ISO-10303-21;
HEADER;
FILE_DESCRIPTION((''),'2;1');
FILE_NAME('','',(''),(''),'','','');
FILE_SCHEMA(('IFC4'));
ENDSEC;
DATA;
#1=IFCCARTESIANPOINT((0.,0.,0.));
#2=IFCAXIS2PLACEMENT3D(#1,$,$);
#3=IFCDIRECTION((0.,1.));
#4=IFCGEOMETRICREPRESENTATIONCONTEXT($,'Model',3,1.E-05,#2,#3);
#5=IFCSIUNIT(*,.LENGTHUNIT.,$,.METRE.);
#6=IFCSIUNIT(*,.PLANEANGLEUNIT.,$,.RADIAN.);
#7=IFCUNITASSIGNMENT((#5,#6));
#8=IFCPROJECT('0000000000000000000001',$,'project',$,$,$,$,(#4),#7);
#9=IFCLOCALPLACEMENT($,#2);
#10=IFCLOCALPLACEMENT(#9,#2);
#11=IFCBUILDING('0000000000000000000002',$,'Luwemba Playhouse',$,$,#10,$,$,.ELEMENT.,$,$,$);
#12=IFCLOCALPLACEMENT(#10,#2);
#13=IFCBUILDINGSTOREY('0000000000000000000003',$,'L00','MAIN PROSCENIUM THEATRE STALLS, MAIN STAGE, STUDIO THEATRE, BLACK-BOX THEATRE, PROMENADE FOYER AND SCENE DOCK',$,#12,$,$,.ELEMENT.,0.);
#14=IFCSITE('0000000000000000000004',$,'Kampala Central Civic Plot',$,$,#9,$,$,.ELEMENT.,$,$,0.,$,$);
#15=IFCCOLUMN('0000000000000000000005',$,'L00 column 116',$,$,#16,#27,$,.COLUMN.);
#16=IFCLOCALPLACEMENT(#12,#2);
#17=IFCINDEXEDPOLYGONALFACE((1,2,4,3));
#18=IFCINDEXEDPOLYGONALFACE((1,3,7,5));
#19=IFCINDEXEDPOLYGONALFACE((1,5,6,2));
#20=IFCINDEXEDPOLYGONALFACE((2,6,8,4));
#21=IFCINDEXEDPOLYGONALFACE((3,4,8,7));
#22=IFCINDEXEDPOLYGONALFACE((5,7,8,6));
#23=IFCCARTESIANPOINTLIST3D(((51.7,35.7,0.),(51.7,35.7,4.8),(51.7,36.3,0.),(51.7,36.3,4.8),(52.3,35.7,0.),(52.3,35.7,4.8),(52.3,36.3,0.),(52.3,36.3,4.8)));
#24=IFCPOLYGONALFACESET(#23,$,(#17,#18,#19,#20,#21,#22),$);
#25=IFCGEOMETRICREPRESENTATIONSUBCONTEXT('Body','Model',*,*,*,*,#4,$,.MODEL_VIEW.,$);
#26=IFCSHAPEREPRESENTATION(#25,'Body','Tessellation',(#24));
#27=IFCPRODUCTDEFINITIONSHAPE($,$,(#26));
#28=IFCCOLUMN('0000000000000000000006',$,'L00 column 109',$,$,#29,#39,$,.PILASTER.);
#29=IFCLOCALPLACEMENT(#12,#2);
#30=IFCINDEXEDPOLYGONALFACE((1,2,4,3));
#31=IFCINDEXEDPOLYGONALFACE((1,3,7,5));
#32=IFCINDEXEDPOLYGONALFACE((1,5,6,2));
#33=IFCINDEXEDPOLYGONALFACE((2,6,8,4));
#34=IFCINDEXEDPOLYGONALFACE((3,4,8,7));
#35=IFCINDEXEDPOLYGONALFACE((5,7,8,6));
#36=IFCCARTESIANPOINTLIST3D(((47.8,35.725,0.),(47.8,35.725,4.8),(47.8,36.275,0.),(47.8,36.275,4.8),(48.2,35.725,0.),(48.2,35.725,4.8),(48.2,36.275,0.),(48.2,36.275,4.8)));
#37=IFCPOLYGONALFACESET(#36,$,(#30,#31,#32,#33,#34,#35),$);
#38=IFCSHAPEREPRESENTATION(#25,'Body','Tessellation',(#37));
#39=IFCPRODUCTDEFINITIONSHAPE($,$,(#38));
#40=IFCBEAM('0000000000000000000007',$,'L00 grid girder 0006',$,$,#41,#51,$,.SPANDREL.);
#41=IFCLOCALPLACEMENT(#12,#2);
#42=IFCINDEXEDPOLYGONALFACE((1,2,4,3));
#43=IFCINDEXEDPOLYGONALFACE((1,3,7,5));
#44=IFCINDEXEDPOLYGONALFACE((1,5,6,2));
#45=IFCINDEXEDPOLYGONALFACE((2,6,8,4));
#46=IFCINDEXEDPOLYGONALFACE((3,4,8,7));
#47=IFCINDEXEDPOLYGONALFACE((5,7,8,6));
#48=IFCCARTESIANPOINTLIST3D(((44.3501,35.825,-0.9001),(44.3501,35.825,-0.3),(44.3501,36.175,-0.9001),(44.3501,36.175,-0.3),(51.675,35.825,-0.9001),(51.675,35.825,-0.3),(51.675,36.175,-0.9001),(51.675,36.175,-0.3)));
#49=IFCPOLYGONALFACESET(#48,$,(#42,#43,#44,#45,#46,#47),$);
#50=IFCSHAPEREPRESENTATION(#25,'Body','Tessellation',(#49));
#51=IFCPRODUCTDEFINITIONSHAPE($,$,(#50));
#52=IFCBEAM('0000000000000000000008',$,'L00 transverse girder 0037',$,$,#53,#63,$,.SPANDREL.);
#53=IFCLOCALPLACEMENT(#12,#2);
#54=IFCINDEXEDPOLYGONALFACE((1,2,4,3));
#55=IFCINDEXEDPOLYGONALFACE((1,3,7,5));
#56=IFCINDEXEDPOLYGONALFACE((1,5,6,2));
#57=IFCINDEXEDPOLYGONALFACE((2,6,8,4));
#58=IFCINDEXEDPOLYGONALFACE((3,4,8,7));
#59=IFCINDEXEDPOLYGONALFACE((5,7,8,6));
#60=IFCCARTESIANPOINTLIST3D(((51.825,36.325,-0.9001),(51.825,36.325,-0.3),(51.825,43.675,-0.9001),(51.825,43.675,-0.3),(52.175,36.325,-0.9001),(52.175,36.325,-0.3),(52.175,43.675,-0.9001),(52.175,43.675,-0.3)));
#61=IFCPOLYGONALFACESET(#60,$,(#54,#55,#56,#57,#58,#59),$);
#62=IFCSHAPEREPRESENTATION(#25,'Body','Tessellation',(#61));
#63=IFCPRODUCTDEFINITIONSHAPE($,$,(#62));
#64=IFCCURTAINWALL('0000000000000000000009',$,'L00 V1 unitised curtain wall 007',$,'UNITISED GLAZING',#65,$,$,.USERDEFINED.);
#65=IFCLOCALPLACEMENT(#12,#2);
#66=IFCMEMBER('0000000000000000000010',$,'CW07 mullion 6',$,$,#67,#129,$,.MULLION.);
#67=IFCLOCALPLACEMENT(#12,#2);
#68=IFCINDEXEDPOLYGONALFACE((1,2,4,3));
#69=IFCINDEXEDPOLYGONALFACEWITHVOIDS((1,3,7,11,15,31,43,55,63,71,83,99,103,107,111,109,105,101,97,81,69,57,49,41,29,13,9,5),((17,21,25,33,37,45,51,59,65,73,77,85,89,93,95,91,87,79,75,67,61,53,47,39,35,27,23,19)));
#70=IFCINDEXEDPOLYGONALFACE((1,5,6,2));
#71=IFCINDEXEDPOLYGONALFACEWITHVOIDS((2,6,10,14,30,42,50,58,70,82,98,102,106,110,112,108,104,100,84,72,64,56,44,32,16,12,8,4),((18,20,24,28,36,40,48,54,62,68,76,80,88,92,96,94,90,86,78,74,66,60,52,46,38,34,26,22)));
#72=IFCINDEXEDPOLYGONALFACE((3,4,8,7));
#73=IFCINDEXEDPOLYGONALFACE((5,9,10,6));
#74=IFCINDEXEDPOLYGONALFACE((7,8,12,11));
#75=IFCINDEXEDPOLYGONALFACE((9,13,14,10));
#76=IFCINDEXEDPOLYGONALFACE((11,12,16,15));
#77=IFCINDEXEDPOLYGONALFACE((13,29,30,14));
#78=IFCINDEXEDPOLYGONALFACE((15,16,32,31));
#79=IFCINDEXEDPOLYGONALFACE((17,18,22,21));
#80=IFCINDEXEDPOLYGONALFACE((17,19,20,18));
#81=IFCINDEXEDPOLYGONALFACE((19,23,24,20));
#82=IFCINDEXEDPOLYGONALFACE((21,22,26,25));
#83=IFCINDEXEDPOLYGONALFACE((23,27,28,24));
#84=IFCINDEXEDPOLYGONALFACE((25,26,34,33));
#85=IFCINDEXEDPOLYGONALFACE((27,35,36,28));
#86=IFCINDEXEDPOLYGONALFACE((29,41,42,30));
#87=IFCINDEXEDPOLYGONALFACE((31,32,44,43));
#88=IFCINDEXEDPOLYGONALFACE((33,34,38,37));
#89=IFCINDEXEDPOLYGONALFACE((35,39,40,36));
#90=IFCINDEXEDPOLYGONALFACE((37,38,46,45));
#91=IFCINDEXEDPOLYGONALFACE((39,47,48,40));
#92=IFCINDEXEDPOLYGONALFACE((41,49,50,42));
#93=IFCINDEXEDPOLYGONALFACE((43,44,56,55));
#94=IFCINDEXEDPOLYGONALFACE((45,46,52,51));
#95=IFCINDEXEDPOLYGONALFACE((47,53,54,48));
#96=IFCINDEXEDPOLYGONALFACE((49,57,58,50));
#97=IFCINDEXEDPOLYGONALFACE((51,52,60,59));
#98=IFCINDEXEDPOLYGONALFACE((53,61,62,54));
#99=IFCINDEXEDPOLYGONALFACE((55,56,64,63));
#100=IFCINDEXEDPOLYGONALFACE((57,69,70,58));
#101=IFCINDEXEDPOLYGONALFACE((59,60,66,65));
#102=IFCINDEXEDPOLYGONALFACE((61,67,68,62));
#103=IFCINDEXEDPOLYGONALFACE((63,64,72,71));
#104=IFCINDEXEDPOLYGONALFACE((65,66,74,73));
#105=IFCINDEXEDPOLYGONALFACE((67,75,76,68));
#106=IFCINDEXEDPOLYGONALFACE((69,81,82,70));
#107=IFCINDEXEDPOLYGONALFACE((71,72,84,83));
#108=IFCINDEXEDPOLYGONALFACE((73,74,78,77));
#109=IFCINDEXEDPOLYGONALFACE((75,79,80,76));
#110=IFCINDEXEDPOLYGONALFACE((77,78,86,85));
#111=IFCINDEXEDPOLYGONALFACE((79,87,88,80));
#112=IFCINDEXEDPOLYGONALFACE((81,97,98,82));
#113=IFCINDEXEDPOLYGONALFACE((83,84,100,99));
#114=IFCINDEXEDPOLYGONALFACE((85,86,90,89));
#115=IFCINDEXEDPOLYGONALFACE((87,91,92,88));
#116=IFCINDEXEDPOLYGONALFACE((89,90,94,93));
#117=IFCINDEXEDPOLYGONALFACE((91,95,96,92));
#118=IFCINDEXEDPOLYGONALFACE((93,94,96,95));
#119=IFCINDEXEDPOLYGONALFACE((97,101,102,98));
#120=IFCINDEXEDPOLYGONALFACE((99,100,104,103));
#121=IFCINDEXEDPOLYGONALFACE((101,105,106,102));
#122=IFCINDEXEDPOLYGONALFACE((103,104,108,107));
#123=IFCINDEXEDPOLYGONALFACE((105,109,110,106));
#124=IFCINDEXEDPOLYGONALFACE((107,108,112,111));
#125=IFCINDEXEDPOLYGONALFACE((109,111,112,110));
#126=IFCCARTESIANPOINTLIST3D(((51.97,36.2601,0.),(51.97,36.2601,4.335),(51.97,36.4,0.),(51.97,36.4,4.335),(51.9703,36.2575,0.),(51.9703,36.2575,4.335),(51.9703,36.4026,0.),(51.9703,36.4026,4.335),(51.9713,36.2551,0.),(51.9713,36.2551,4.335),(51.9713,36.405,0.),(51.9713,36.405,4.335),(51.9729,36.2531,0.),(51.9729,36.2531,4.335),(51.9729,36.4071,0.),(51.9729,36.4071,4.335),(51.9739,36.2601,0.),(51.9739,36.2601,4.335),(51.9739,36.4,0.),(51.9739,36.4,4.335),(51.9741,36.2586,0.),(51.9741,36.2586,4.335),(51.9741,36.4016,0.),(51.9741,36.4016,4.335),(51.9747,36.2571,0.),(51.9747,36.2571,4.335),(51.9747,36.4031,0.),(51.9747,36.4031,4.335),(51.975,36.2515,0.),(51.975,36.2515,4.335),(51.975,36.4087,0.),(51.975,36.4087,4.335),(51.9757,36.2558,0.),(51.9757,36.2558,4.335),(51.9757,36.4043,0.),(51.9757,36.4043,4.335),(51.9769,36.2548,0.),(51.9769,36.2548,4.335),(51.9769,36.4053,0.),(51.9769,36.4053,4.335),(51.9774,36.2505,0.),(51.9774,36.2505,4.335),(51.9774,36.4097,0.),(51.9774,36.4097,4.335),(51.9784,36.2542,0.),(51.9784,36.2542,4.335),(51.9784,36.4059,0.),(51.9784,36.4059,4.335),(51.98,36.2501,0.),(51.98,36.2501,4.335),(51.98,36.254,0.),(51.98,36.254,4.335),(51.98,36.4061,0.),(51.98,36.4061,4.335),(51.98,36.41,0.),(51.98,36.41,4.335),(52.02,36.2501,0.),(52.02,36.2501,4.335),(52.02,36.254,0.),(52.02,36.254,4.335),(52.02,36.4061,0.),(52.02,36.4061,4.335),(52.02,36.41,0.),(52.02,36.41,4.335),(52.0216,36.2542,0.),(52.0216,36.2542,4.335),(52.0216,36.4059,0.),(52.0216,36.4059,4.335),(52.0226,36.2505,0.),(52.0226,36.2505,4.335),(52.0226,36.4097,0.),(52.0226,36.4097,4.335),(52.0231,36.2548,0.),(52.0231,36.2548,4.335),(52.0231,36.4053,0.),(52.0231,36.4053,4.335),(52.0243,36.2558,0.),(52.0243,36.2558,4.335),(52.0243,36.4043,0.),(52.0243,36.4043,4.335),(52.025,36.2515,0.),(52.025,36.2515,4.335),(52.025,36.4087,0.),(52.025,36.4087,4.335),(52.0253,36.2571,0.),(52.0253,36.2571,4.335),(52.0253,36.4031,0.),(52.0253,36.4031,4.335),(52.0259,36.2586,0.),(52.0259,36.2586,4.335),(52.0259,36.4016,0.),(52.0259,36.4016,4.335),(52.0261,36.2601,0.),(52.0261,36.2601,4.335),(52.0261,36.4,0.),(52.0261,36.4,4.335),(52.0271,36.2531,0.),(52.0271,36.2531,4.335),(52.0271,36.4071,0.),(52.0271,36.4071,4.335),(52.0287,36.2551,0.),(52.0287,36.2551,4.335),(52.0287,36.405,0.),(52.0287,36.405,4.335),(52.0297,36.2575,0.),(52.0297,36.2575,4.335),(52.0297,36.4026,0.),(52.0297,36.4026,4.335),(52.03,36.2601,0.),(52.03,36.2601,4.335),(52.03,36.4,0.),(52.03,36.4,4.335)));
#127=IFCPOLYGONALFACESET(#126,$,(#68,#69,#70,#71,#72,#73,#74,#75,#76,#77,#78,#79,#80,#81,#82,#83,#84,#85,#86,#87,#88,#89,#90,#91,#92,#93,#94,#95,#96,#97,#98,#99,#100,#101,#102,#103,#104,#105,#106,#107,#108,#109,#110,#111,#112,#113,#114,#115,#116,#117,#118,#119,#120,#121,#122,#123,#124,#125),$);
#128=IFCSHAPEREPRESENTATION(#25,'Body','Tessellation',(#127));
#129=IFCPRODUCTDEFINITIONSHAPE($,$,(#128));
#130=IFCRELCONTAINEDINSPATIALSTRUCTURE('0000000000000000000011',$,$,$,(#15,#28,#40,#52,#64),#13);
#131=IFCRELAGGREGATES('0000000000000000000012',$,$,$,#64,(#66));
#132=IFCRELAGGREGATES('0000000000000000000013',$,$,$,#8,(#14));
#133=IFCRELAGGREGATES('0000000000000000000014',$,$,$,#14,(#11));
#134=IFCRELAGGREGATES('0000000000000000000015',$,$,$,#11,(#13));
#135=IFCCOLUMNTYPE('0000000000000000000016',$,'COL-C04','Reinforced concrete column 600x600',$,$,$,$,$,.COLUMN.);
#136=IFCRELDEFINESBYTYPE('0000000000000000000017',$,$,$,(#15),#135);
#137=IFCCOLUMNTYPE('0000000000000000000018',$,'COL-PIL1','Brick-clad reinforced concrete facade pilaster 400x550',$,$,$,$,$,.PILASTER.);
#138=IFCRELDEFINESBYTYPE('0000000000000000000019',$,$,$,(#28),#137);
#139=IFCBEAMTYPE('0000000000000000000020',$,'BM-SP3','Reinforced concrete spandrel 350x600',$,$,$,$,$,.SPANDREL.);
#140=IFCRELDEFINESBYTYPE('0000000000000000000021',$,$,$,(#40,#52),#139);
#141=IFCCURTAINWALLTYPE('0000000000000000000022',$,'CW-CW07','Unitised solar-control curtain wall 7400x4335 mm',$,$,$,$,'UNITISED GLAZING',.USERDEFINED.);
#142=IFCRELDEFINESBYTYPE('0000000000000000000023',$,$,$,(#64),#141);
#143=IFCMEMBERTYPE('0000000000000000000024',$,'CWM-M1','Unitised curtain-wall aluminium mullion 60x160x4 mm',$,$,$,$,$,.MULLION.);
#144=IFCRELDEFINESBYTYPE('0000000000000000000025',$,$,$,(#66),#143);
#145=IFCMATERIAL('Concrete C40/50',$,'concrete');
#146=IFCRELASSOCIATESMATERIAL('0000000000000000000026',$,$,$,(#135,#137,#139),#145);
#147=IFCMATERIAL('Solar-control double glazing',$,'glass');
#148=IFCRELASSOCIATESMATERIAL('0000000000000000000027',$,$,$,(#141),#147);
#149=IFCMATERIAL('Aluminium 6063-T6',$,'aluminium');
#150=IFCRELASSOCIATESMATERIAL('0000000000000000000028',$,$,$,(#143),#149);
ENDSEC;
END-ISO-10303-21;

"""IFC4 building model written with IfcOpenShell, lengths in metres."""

from ifc_helpers import new_model, si_unit, direction, frame, origin, origin_2d, place, context, subcontext, project, spatial, rectangle, hollow_rectangle, extrude, material, material_profile, profile_set, type_object, element, aggregate, save


model = new_model("IFC4")

# Units and contexts
model_context = context("Model", 3, precision=1e-05, world=origin(), true_north=direction((0.0, 1.0)))
body_context = subcontext(model_context, "Body", "Model", "MODEL_VIEW")
ifc_project = project(units=[si_unit("LENGTHUNIT", "METRE"), si_unit("PLANEANGLEUNIT", "RADIAN")], contexts=[model_context])

# Site, building, storey
site_placement = place(None, origin())
site = spatial("IfcSite", under=ifc_project, at=site_placement, Name="Kampala Central Civic Plot", CompositionType="ELEMENT", RefElevation=0.0)
building_placement = place(site_placement, origin())
building = spatial("IfcBuilding", under=site, at=building_placement, Name="Luwemba Playhouse", CompositionType="ELEMENT")
storey_placement = place(building_placement, origin())
storey = spatial("IfcBuildingStorey", under=building, at=storey_placement, Name="L00", Description="MAIN PROSCENIUM THEATRE STALLS, MAIN STAGE, STUDIO THEATRE, BLACK-BOX THEATRE, PROMENADE FOYER AND SCENE DOCK", CompositionType="ELEMENT", Elevation=0.0)

# Columns
ifc_material_1 = material(Name="Concrete C40/50", Category="concrete")
ifc_material_profile_1 = material_profile(ifc_material_1, rectangle(XDim=0.6001, YDim=0.6001, at=origin_2d()))
ifc_profile_set_1 = profile_set([ifc_material_profile_1], Name="Concrete C40/50")
column_type_1 = type_object("IfcColumnType", Name="COL-C04", Description="Reinforced concrete column 600x600", PredefinedType="COLUMN", material=ifc_profile_set_1)
column_1_placement = place(storey_placement, frame((52.0, 36.0, 0.0), z_axis=(0.0, 0.0, 1.0), x_axis=(1.0, 0.0, 0.0)))
element("IfcColumn", 1, at=column_1_placement, inside=storey, type_object=column_type_1, Name="L00 column 116", PredefinedType="COLUMN", context=body_context, shape_type="SweptSolid", body=[
    extrude(rectangle(XDim=0.6001, YDim=0.6001, at=origin_2d()), origin(), (0.0, 0.0, 1.0), 4.8),
])
ifc_material_profile_2 = material_profile(ifc_material_1, rectangle(XDim=0.3999, YDim=0.55, at=origin_2d()))
ifc_profile_set_2 = profile_set([ifc_material_profile_2], Name="Concrete C40/50")
column_type_2 = type_object("IfcColumnType", Name="COL-PIL1", Description="Brick-clad reinforced concrete facade pilaster 400x550", PredefinedType="PILASTER", material=ifc_profile_set_2)
column_2_placement = place(storey_placement, frame((48.0, 36.0, 0.0), z_axis=(0.0, 0.0, 1.0), x_axis=(1.0, 0.0, 0.0)))
element("IfcColumn", 2, at=column_2_placement, inside=storey, type_object=column_type_2, Name="L00 column 109", PredefinedType="PILASTER", context=body_context, shape_type="SweptSolid", body=[
    extrude(rectangle(XDim=0.3999, YDim=0.55, at=origin_2d()), origin(), (0.0, 0.0, 1.0), 4.8),
])

# Beams
ifc_material_profile_3 = material_profile(ifc_material_1, rectangle(XDim=0.3501, YDim=0.6001, at=origin_2d()))
ifc_profile_set_3 = profile_set([ifc_material_profile_3], Name="Concrete C40/50")
beam_type = type_object("IfcBeamType", Name="BM-SP3", Description="Reinforced concrete spandrel 350x600", PredefinedType="SPANDREL", material=ifc_profile_set_3)
beam_1_placement = place(storey_placement, frame((44.3501, 36.0, -0.6001), z_axis=(1.0, 0.0, 0.0), x_axis=(0.0, 1.0, 0.0)))
element("IfcBeam", 3, at=beam_1_placement, inside=storey, type_object=beam_type, Name="L00 grid girder 0006", PredefinedType="SPANDREL", context=body_context, shape_type="SweptSolid", body=[
    extrude(rectangle(XDim=0.3501, YDim=0.6001, at=origin_2d()), origin(), (0.0, 0.0, 1.0), 7.325),
])
beam_2_placement = place(storey_placement, frame((52.0, 36.325, -0.6001), z_axis=(0.0, 1.0, 0.0), x_axis=(-1.0, 0.0, 0.0)))
element("IfcBeam", 4, at=beam_2_placement, inside=storey, type_object=beam_type, Name="L00 transverse girder 0037", PredefinedType="SPANDREL", context=body_context, shape_type="SweptSolid", body=[
    extrude(rectangle(XDim=0.3501, YDim=0.6001, at=origin_2d()), origin(), (0.0, 0.0, 1.0), 7.3501),
])

# Curtain wall, member
ifc_material_2 = material(Name="Solar-control double glazing", Category="glass")
curtain_wall_type_1 = type_object("IfcCurtainWallType", Name="CW-CW07", Description="Unitised solar-control curtain wall 7400x4335 mm", ElementType="UNITISED GLAZING", PredefinedType="USERDEFINED", material=ifc_material_2)
curtain_wall_1_placement = place(storey_placement, origin())
curtain_wall_1 = element("IfcCurtainWall", 5, at=curtain_wall_1_placement, inside=storey, type_object=curtain_wall_type_1, Name="L00 V1 unitised curtain wall 007", ObjectType="UNITISED GLAZING", PredefinedType="USERDEFINED")
ifc_material_3 = material(Name="Aluminium 6063-T6", Category="aluminium")
ifc_material_profile_4 = material_profile(ifc_material_3, hollow_rectangle(XDim=0.0601, YDim=0.1599, WallThickness=0.0039, InnerFilletRadius=0.0061, OuterFilletRadius=0.01, at=origin_2d()))
ifc_profile_set_4 = profile_set([ifc_material_profile_4], Name="Aluminium 6063-T6")
member_type_1 = type_object("IfcMemberType", Name="CWM-M1", Description="Unitised curtain-wall aluminium mullion 60x160x4 mm", PredefinedType="MULLION", material=ifc_profile_set_4)
member_1_placement = place(storey_placement, frame((52.0, 36.3301, 0.0), z_axis=(0.0, 0.0, 1.0), x_axis=(1.0, 0.0, 0.0)))
member_1 = element("IfcMember", 6, at=member_1_placement, type_object=member_type_1, Name="CW07 mullion 6", PredefinedType="MULLION", context=body_context, shape_type="SweptSolid", body=[
    extrude(hollow_rectangle(XDim=0.0601, YDim=0.1599, WallThickness=0.0039, InnerFilletRadius=0.0061, OuterFilletRadius=0.01, at=origin_2d()), origin(), (0.0, 0.0, 1.0), 4.335),
])

aggregate(curtain_wall_1, [member_1])

save(model, "model.ifc")
